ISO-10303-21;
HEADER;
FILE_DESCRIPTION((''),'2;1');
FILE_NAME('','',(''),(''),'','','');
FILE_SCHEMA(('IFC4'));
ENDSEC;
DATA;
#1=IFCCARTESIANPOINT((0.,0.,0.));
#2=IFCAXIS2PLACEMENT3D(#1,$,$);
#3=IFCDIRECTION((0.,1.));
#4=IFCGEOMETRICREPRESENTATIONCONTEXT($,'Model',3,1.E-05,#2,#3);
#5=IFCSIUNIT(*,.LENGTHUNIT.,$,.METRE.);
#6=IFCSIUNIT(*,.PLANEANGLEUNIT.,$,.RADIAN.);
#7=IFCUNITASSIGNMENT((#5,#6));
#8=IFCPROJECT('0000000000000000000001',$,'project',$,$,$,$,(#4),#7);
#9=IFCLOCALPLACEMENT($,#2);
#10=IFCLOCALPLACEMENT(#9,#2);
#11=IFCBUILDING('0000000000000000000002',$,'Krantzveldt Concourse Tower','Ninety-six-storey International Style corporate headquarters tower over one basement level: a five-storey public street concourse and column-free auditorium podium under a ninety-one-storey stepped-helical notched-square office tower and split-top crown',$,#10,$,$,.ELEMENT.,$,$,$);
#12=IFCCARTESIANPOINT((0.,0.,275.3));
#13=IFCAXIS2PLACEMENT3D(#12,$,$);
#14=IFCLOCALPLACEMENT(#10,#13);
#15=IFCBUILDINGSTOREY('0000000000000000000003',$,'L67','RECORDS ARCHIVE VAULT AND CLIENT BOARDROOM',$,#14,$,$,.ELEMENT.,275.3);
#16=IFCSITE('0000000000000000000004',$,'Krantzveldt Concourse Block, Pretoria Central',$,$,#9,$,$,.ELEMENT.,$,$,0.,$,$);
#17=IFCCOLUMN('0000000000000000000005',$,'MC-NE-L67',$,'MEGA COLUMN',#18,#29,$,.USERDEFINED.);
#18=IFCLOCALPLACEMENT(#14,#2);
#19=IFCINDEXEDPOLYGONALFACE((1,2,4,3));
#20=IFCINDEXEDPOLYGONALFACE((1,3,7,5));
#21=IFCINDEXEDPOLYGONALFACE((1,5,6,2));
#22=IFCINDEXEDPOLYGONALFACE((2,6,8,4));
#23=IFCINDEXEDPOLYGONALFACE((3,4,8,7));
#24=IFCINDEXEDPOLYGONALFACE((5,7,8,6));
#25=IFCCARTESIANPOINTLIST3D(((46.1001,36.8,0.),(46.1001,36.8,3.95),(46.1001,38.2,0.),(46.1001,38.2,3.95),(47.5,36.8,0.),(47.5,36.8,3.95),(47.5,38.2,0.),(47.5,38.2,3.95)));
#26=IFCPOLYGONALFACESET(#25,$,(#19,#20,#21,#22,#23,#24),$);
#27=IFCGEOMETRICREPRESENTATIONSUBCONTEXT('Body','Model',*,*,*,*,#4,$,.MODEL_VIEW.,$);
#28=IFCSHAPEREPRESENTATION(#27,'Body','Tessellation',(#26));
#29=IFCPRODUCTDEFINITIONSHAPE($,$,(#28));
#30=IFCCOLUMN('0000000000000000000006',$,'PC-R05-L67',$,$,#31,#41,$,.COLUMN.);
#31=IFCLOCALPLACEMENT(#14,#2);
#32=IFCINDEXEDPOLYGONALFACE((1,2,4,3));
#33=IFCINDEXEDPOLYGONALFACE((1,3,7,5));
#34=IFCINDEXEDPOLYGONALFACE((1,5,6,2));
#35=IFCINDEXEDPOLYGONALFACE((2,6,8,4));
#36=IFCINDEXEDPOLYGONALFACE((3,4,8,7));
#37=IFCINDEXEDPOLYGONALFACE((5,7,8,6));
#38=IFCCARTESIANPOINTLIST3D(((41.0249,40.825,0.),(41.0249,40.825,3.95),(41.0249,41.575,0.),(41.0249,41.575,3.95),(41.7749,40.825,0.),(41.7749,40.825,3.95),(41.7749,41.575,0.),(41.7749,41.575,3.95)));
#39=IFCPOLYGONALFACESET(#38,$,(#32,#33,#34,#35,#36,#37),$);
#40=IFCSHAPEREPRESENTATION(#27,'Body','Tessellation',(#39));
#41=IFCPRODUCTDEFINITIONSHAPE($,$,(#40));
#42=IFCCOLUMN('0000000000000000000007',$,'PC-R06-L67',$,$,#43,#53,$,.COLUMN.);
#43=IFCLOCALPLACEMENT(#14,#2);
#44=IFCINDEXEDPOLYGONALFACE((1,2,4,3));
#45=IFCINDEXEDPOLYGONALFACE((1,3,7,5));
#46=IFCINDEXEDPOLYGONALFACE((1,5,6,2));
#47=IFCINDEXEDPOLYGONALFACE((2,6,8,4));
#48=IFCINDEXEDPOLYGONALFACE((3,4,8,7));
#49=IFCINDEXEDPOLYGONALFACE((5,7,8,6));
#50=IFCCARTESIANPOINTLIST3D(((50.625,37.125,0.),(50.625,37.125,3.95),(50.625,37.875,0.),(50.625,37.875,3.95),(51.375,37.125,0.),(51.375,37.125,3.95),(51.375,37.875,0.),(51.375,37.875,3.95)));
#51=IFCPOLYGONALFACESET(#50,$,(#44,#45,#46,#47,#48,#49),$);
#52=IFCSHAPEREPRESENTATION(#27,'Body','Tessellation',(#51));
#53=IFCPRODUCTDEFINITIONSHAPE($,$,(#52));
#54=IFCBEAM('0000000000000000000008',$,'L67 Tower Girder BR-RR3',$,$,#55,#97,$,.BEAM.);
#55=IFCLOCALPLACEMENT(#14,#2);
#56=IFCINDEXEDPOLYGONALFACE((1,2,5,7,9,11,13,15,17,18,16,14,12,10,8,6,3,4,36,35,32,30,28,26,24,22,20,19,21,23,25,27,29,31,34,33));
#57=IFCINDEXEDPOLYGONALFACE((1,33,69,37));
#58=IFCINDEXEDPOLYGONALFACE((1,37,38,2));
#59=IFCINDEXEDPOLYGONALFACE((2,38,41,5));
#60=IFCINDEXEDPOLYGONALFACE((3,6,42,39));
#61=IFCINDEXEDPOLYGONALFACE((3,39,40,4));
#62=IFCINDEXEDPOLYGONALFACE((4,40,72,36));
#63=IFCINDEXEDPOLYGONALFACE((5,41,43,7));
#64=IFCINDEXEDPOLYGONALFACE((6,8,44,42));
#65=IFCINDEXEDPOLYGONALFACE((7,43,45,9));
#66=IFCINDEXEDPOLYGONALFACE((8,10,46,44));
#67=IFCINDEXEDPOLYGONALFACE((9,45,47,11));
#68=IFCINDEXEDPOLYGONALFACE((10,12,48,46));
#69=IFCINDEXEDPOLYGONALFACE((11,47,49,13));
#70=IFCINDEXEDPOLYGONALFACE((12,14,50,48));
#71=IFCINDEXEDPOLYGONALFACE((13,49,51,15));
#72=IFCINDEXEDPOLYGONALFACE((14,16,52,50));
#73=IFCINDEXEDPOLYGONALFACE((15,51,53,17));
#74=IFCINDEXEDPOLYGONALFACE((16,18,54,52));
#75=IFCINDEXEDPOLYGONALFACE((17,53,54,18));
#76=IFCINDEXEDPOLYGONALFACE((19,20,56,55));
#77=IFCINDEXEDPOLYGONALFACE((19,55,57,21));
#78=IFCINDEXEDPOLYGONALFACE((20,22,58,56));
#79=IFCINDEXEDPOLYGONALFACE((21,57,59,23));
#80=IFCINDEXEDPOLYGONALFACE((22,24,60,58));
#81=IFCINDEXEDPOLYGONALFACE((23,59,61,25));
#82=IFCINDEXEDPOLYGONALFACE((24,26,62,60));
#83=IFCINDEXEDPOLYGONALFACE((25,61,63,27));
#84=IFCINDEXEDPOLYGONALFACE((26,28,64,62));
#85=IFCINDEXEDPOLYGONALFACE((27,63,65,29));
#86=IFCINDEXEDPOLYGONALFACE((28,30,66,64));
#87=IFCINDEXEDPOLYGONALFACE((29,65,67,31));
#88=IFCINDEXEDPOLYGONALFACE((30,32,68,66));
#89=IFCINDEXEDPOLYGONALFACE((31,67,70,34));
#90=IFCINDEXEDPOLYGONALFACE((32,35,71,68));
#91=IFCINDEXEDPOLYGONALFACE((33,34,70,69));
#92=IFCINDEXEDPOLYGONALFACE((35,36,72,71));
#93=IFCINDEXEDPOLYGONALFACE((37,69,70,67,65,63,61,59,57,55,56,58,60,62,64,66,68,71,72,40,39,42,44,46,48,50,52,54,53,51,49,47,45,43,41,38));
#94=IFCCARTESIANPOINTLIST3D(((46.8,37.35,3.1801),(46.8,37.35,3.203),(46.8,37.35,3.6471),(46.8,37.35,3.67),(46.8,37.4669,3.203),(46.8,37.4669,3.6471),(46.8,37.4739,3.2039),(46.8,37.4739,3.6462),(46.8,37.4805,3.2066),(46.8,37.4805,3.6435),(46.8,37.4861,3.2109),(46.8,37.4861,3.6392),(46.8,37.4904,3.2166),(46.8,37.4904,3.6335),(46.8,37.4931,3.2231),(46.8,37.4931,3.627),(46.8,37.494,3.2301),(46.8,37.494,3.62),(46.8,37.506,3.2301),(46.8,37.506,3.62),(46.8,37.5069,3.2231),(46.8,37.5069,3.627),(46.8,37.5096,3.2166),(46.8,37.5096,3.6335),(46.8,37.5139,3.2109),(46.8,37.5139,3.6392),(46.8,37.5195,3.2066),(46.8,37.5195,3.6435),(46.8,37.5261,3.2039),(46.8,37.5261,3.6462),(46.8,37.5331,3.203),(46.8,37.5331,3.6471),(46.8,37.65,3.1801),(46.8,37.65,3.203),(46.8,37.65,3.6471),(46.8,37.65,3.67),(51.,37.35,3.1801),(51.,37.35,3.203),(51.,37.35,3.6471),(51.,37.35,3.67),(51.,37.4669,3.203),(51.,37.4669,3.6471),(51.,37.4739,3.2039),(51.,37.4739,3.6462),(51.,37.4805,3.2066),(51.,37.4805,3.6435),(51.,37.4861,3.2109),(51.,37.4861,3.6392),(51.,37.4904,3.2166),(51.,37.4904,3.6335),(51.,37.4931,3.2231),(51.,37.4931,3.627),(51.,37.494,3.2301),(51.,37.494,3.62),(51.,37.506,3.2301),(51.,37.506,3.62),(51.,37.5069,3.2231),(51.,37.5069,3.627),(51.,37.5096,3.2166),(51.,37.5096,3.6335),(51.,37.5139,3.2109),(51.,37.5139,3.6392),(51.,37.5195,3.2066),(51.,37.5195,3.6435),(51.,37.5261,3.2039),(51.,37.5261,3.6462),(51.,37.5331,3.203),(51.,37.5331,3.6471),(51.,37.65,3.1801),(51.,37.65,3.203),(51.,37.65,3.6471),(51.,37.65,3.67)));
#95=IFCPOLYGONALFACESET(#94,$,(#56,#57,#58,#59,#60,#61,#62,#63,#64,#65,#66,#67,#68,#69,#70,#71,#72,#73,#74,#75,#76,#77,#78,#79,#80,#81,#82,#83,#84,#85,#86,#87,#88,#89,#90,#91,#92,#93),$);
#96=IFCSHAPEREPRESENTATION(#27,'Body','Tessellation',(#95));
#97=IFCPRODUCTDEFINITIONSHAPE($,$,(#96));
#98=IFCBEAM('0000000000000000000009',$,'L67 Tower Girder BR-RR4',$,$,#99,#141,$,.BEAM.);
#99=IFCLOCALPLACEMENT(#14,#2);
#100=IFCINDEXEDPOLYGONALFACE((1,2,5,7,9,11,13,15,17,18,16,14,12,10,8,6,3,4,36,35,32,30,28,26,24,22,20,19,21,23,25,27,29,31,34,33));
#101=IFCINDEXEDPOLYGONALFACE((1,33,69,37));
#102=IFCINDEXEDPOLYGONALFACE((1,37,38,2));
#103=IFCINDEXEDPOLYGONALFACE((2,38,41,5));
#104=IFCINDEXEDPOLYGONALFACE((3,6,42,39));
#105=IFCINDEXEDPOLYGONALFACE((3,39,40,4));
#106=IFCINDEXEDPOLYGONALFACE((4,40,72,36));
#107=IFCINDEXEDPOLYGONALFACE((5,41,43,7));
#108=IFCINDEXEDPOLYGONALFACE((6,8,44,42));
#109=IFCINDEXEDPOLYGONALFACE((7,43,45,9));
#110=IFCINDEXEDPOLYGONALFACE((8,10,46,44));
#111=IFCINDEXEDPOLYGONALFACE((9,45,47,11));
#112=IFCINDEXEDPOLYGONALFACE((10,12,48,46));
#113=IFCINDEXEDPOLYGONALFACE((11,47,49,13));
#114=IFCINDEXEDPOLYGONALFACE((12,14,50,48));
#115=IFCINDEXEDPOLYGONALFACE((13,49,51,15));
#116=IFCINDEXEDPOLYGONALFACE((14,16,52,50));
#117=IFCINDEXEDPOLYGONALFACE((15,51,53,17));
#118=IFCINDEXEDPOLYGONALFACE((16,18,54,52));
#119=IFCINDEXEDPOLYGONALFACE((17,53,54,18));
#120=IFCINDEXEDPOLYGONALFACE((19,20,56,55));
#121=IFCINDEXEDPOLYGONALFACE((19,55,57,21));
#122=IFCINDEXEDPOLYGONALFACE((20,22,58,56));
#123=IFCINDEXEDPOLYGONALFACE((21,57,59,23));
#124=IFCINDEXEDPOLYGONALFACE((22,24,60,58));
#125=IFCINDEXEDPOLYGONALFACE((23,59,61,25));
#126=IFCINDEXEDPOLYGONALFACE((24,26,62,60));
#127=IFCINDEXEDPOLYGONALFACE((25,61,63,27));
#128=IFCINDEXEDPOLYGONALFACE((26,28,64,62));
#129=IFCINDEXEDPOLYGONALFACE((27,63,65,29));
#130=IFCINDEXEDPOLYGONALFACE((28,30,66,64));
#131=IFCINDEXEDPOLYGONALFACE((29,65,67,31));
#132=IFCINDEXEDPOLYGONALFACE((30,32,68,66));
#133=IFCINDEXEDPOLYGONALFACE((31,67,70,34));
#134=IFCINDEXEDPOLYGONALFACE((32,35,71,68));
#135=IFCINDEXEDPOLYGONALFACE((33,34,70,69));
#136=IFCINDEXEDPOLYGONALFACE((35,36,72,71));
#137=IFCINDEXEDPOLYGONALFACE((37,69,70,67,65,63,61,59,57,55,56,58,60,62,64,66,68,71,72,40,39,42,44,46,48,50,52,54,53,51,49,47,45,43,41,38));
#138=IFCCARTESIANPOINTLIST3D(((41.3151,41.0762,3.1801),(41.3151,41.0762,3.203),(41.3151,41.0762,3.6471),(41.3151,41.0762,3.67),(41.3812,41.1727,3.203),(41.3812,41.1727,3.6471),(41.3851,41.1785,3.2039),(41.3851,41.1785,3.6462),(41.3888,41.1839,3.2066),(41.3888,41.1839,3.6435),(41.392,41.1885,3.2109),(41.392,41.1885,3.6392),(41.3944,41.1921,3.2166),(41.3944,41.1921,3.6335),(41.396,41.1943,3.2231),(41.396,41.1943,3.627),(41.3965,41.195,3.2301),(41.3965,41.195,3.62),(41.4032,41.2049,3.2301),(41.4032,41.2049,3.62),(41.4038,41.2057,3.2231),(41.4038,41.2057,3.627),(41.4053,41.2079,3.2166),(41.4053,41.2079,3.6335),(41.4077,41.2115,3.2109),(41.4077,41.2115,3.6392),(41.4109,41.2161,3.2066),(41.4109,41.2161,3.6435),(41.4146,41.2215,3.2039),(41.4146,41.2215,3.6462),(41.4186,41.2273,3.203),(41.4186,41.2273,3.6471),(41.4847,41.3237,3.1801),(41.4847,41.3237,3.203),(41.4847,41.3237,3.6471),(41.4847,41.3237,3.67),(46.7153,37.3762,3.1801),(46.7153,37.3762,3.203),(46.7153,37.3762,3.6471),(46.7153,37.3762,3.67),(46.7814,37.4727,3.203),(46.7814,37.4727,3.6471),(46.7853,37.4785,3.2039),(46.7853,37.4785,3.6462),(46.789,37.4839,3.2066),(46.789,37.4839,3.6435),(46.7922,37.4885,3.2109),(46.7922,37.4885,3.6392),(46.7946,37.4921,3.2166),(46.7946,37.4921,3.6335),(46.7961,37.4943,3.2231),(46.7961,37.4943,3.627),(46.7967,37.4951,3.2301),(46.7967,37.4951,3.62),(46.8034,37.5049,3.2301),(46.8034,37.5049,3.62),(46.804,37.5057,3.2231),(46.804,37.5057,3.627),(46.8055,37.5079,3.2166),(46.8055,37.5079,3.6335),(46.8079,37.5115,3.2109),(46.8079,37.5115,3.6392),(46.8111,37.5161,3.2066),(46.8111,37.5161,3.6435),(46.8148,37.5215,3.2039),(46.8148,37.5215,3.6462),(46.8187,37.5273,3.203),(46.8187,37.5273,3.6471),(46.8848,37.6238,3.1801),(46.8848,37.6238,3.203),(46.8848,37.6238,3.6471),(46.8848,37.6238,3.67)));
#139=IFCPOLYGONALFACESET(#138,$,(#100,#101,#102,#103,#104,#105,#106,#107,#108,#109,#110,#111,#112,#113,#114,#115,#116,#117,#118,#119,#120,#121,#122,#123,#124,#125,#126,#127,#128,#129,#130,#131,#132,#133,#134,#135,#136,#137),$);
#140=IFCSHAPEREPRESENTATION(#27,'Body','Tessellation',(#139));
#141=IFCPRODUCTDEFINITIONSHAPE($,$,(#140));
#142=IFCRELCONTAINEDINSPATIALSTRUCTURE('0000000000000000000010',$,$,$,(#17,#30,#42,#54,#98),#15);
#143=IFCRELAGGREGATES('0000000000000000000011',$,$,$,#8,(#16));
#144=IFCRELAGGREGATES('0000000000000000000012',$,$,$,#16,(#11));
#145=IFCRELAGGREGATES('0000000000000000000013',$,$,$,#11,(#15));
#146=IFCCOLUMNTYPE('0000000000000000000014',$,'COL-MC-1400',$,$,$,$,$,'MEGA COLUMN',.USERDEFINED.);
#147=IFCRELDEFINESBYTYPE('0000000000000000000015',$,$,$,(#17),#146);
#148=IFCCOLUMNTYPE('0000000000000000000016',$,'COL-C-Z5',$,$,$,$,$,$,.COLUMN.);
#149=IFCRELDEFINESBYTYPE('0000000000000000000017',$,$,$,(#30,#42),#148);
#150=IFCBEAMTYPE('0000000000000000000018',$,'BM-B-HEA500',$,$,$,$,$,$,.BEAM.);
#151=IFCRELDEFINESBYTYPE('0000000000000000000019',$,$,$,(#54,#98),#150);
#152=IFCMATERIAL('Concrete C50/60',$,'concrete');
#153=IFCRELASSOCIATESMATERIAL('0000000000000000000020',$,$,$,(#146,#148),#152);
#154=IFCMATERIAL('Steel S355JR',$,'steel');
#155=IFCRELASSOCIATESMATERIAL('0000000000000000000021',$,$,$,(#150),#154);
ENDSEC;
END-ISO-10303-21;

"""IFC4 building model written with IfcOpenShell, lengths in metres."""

from ifc_helpers import new_model, si_unit, direction, frame, origin, origin_2d, place, context, subcontext, project, spatial, rectangle, i_section, extrude, source, transform, mapped, material, material_profile, profile_set, type_object, type_shapes, element, save


model = new_model("IFC4")

# Units and contexts
model_context = context("Model", 3, precision=1e-05, world=origin(), true_north=direction((0.0, 1.0)))
body_context = subcontext(model_context, "Body", "Model", "MODEL_VIEW")
ifc_project = project(units=[si_unit("LENGTHUNIT", "METRE"), si_unit("PLANEANGLEUNIT", "RADIAN")], contexts=[model_context])

# Site, building, storey
site_placement = place(None, origin())
site = spatial("IfcSite", under=ifc_project, at=site_placement, Name="Krantzveldt Concourse Block, Pretoria Central", CompositionType="ELEMENT", RefElevation=0.0)
building_placement = place(site_placement, origin())
building = spatial("IfcBuilding", under=site, at=building_placement, Name="Krantzveldt Concourse Tower", Description="Ninety-six-storey International Style corporate headquarters tower over one basement level: a five-storey public street concourse and column-free auditorium podium under a ninety-one-storey stepped-helical notched-square office tower and split-top crown", CompositionType="ELEMENT")
storey_placement = place(building_placement, frame((0.0, 0.0, 275.3)))
storey = spatial("IfcBuildingStorey", under=building, at=storey_placement, Name="L67", Description="RECORDS ARCHIVE VAULT AND CLIENT BOARDROOM", CompositionType="ELEMENT", Elevation=275.3)

# Columns
ifc_material_1 = material(Name="Concrete C50/60", Category="concrete")
ifc_material_profile_1 = material_profile(ifc_material_1, rectangle(XDim=1.3999, YDim=1.3999, at=origin_2d()), Name="Concrete C50/60", Category="concrete")
ifc_profile_set_1 = profile_set([ifc_material_profile_1], Name="Concrete C50/60 - RC 1400x1400")
column_type_1 = type_object("IfcColumnType", Name="COL-MC-1400", ElementType="MEGA COLUMN", PredefinedType="USERDEFINED", material=ifc_profile_set_1)
shared_shape_1 = source(origin(), body_context, "Body", "SweptSolid", [
    extrude(rectangle(XDim=1.3999, YDim=1.3999, at=origin_2d()), origin(), (0.0, 0.0, 1.0), 3.95),
])
type_shapes(column_type_1, [shared_shape_1])
column_placement = place(storey_placement, frame((46.8, 37.5, 0.0), z_axis=(0.0, 0.0, 1.0), x_axis=(1.0, 0.0, 0.0)))
element("IfcColumn", 1, at=column_placement, inside=storey, type_object=column_type_1, Name="MC-NE-L67", ObjectType="MEGA COLUMN", PredefinedType="USERDEFINED", context=body_context, shape_type="MappedRepresentation", body=[
    mapped(shared_shape_1, transform((0.0, 0.0, 0.0), x_axis=(1.0, 0.0, 0.0), y_axis=(0.0, 1.0, 0.0), z_axis=(0.0, 0.0, 1.0), scale=1.0)),
])
ifc_material_profile_2 = material_profile(ifc_material_1, rectangle(XDim=0.75, YDim=0.75, at=origin_2d()), Name="Concrete C50/60", Category="concrete")
ifc_profile_set_2 = profile_set([ifc_material_profile_2], Name="Concrete C50/60 - RC 750x750")
column_type_2 = type_object("IfcColumnType", Name="COL-C-Z5", PredefinedType="COLUMN", material=ifc_profile_set_2)
shared_shape_2 = source(origin(), body_context, "Body", "SweptSolid", [
    extrude(rectangle(XDim=0.75, YDim=0.75, at=origin_2d()), origin(), (0.0, 0.0, 1.0), 3.95),
])
type_shapes(column_type_2, [shared_shape_2])
for number, where, z_axis, x_axis, name in (
    (2, (41.3999, 41.2, 0.0), (0.0, 0.0, 1.0), (1.0, 0.0, 0.0), "PC-R05-L67"),
    (3, (51.0, 37.5, 0.0), (0.0, 0.0, 1.0), (1.0, 0.0, 0.0), "PC-R06-L67"),
):
    element("IfcColumn", number, at=place(storey_placement, frame(where, z_axis=z_axis, x_axis=x_axis)), inside=storey, type_object=column_type_2, Name=name, PredefinedType="COLUMN", context=body_context, shape_type="MappedRepresentation", body=[
        mapped(shared_shape_2, transform((0.0, 0.0, 0.0), x_axis=(1.0, 0.0, 0.0), y_axis=(0.0, 1.0, 0.0), z_axis=(0.0, 0.0, 1.0), scale=1.0)),
    ])

# Beams
ifc_material_2 = material(Name="Steel S355JR", Category="steel")
ifc_material_profile_3 = material_profile(ifc_material_2, i_section(OverallWidth=0.3, OverallDepth=0.49, WebThickness=0.012, FlangeThickness=0.0229, FilletRadius=0.0271, at=origin_2d()), Name="Steel S355JR", Category="steel")
ifc_profile_set_3 = profile_set([ifc_material_profile_3], Name="Steel S355JR - HEA 500")
beam_type_1 = type_object("IfcBeamType", Name="BM-B-HEA500", PredefinedType="BEAM", material=ifc_profile_set_3)
shared_shape_3 = source(origin(), body_context, "Body", "SweptSolid", [
    extrude(i_section(OverallWidth=0.3, OverallDepth=0.49, WebThickness=0.012, FlangeThickness=0.0229, FilletRadius=0.0271, at=origin_2d()), origin(), (0.0, 0.0, 1.0), 4.2),
])
beam_1_placement = place(storey_placement, frame((46.8, 37.5, 3.425), z_axis=(1.0, 0.0, 0.0), x_axis=(0.0, 1.0, 0.0)))
element("IfcBeam", 4, at=beam_1_placement, inside=storey, type_object=beam_type_1, Name="L67 Tower Girder BR-RR3", PredefinedType="BEAM", context=body_context, shape_type="MappedRepresentation", body=[
    mapped(shared_shape_3, transform((0.0, 0.0, 0.0), x_axis=(1.0, 0.0, 0.0), y_axis=(0.0, 1.0, 0.0), z_axis=(0.0, 0.0, 1.0), scale=1.0)),
])
shared_shape_4 = source(origin(), body_context, "Body", "SweptSolid", [
    extrude(i_section(OverallWidth=0.3, OverallDepth=0.49, WebThickness=0.012, FlangeThickness=0.0229, FilletRadius=0.0271, at=origin_2d()), origin(), (0.0, 0.0, 1.0), 6.5461),
])
type_shapes(beam_type_1, [shared_shape_3, shared_shape_4])
beam_2_placement = place(storey_placement, frame((46.8, 37.5, 3.425), z_axis=(-0.824943, 0.565216, 0.0), x_axis=(-0.565216, -0.824943, 0.0)))
element("IfcBeam", 5, at=beam_2_placement, inside=storey, type_object=beam_type_1, Name="L67 Tower Girder BR-RR4", PredefinedType="BEAM", context=body_context, shape_type="MappedRepresentation", body=[
    mapped(shared_shape_4, transform((0.0, 0.0, 0.0), x_axis=(1.0, 0.0, 0.0), y_axis=(0.0, 1.0, 0.0), z_axis=(0.0, 0.0, 1.0), scale=1.0)),
])

save(model, "model.ifc")
